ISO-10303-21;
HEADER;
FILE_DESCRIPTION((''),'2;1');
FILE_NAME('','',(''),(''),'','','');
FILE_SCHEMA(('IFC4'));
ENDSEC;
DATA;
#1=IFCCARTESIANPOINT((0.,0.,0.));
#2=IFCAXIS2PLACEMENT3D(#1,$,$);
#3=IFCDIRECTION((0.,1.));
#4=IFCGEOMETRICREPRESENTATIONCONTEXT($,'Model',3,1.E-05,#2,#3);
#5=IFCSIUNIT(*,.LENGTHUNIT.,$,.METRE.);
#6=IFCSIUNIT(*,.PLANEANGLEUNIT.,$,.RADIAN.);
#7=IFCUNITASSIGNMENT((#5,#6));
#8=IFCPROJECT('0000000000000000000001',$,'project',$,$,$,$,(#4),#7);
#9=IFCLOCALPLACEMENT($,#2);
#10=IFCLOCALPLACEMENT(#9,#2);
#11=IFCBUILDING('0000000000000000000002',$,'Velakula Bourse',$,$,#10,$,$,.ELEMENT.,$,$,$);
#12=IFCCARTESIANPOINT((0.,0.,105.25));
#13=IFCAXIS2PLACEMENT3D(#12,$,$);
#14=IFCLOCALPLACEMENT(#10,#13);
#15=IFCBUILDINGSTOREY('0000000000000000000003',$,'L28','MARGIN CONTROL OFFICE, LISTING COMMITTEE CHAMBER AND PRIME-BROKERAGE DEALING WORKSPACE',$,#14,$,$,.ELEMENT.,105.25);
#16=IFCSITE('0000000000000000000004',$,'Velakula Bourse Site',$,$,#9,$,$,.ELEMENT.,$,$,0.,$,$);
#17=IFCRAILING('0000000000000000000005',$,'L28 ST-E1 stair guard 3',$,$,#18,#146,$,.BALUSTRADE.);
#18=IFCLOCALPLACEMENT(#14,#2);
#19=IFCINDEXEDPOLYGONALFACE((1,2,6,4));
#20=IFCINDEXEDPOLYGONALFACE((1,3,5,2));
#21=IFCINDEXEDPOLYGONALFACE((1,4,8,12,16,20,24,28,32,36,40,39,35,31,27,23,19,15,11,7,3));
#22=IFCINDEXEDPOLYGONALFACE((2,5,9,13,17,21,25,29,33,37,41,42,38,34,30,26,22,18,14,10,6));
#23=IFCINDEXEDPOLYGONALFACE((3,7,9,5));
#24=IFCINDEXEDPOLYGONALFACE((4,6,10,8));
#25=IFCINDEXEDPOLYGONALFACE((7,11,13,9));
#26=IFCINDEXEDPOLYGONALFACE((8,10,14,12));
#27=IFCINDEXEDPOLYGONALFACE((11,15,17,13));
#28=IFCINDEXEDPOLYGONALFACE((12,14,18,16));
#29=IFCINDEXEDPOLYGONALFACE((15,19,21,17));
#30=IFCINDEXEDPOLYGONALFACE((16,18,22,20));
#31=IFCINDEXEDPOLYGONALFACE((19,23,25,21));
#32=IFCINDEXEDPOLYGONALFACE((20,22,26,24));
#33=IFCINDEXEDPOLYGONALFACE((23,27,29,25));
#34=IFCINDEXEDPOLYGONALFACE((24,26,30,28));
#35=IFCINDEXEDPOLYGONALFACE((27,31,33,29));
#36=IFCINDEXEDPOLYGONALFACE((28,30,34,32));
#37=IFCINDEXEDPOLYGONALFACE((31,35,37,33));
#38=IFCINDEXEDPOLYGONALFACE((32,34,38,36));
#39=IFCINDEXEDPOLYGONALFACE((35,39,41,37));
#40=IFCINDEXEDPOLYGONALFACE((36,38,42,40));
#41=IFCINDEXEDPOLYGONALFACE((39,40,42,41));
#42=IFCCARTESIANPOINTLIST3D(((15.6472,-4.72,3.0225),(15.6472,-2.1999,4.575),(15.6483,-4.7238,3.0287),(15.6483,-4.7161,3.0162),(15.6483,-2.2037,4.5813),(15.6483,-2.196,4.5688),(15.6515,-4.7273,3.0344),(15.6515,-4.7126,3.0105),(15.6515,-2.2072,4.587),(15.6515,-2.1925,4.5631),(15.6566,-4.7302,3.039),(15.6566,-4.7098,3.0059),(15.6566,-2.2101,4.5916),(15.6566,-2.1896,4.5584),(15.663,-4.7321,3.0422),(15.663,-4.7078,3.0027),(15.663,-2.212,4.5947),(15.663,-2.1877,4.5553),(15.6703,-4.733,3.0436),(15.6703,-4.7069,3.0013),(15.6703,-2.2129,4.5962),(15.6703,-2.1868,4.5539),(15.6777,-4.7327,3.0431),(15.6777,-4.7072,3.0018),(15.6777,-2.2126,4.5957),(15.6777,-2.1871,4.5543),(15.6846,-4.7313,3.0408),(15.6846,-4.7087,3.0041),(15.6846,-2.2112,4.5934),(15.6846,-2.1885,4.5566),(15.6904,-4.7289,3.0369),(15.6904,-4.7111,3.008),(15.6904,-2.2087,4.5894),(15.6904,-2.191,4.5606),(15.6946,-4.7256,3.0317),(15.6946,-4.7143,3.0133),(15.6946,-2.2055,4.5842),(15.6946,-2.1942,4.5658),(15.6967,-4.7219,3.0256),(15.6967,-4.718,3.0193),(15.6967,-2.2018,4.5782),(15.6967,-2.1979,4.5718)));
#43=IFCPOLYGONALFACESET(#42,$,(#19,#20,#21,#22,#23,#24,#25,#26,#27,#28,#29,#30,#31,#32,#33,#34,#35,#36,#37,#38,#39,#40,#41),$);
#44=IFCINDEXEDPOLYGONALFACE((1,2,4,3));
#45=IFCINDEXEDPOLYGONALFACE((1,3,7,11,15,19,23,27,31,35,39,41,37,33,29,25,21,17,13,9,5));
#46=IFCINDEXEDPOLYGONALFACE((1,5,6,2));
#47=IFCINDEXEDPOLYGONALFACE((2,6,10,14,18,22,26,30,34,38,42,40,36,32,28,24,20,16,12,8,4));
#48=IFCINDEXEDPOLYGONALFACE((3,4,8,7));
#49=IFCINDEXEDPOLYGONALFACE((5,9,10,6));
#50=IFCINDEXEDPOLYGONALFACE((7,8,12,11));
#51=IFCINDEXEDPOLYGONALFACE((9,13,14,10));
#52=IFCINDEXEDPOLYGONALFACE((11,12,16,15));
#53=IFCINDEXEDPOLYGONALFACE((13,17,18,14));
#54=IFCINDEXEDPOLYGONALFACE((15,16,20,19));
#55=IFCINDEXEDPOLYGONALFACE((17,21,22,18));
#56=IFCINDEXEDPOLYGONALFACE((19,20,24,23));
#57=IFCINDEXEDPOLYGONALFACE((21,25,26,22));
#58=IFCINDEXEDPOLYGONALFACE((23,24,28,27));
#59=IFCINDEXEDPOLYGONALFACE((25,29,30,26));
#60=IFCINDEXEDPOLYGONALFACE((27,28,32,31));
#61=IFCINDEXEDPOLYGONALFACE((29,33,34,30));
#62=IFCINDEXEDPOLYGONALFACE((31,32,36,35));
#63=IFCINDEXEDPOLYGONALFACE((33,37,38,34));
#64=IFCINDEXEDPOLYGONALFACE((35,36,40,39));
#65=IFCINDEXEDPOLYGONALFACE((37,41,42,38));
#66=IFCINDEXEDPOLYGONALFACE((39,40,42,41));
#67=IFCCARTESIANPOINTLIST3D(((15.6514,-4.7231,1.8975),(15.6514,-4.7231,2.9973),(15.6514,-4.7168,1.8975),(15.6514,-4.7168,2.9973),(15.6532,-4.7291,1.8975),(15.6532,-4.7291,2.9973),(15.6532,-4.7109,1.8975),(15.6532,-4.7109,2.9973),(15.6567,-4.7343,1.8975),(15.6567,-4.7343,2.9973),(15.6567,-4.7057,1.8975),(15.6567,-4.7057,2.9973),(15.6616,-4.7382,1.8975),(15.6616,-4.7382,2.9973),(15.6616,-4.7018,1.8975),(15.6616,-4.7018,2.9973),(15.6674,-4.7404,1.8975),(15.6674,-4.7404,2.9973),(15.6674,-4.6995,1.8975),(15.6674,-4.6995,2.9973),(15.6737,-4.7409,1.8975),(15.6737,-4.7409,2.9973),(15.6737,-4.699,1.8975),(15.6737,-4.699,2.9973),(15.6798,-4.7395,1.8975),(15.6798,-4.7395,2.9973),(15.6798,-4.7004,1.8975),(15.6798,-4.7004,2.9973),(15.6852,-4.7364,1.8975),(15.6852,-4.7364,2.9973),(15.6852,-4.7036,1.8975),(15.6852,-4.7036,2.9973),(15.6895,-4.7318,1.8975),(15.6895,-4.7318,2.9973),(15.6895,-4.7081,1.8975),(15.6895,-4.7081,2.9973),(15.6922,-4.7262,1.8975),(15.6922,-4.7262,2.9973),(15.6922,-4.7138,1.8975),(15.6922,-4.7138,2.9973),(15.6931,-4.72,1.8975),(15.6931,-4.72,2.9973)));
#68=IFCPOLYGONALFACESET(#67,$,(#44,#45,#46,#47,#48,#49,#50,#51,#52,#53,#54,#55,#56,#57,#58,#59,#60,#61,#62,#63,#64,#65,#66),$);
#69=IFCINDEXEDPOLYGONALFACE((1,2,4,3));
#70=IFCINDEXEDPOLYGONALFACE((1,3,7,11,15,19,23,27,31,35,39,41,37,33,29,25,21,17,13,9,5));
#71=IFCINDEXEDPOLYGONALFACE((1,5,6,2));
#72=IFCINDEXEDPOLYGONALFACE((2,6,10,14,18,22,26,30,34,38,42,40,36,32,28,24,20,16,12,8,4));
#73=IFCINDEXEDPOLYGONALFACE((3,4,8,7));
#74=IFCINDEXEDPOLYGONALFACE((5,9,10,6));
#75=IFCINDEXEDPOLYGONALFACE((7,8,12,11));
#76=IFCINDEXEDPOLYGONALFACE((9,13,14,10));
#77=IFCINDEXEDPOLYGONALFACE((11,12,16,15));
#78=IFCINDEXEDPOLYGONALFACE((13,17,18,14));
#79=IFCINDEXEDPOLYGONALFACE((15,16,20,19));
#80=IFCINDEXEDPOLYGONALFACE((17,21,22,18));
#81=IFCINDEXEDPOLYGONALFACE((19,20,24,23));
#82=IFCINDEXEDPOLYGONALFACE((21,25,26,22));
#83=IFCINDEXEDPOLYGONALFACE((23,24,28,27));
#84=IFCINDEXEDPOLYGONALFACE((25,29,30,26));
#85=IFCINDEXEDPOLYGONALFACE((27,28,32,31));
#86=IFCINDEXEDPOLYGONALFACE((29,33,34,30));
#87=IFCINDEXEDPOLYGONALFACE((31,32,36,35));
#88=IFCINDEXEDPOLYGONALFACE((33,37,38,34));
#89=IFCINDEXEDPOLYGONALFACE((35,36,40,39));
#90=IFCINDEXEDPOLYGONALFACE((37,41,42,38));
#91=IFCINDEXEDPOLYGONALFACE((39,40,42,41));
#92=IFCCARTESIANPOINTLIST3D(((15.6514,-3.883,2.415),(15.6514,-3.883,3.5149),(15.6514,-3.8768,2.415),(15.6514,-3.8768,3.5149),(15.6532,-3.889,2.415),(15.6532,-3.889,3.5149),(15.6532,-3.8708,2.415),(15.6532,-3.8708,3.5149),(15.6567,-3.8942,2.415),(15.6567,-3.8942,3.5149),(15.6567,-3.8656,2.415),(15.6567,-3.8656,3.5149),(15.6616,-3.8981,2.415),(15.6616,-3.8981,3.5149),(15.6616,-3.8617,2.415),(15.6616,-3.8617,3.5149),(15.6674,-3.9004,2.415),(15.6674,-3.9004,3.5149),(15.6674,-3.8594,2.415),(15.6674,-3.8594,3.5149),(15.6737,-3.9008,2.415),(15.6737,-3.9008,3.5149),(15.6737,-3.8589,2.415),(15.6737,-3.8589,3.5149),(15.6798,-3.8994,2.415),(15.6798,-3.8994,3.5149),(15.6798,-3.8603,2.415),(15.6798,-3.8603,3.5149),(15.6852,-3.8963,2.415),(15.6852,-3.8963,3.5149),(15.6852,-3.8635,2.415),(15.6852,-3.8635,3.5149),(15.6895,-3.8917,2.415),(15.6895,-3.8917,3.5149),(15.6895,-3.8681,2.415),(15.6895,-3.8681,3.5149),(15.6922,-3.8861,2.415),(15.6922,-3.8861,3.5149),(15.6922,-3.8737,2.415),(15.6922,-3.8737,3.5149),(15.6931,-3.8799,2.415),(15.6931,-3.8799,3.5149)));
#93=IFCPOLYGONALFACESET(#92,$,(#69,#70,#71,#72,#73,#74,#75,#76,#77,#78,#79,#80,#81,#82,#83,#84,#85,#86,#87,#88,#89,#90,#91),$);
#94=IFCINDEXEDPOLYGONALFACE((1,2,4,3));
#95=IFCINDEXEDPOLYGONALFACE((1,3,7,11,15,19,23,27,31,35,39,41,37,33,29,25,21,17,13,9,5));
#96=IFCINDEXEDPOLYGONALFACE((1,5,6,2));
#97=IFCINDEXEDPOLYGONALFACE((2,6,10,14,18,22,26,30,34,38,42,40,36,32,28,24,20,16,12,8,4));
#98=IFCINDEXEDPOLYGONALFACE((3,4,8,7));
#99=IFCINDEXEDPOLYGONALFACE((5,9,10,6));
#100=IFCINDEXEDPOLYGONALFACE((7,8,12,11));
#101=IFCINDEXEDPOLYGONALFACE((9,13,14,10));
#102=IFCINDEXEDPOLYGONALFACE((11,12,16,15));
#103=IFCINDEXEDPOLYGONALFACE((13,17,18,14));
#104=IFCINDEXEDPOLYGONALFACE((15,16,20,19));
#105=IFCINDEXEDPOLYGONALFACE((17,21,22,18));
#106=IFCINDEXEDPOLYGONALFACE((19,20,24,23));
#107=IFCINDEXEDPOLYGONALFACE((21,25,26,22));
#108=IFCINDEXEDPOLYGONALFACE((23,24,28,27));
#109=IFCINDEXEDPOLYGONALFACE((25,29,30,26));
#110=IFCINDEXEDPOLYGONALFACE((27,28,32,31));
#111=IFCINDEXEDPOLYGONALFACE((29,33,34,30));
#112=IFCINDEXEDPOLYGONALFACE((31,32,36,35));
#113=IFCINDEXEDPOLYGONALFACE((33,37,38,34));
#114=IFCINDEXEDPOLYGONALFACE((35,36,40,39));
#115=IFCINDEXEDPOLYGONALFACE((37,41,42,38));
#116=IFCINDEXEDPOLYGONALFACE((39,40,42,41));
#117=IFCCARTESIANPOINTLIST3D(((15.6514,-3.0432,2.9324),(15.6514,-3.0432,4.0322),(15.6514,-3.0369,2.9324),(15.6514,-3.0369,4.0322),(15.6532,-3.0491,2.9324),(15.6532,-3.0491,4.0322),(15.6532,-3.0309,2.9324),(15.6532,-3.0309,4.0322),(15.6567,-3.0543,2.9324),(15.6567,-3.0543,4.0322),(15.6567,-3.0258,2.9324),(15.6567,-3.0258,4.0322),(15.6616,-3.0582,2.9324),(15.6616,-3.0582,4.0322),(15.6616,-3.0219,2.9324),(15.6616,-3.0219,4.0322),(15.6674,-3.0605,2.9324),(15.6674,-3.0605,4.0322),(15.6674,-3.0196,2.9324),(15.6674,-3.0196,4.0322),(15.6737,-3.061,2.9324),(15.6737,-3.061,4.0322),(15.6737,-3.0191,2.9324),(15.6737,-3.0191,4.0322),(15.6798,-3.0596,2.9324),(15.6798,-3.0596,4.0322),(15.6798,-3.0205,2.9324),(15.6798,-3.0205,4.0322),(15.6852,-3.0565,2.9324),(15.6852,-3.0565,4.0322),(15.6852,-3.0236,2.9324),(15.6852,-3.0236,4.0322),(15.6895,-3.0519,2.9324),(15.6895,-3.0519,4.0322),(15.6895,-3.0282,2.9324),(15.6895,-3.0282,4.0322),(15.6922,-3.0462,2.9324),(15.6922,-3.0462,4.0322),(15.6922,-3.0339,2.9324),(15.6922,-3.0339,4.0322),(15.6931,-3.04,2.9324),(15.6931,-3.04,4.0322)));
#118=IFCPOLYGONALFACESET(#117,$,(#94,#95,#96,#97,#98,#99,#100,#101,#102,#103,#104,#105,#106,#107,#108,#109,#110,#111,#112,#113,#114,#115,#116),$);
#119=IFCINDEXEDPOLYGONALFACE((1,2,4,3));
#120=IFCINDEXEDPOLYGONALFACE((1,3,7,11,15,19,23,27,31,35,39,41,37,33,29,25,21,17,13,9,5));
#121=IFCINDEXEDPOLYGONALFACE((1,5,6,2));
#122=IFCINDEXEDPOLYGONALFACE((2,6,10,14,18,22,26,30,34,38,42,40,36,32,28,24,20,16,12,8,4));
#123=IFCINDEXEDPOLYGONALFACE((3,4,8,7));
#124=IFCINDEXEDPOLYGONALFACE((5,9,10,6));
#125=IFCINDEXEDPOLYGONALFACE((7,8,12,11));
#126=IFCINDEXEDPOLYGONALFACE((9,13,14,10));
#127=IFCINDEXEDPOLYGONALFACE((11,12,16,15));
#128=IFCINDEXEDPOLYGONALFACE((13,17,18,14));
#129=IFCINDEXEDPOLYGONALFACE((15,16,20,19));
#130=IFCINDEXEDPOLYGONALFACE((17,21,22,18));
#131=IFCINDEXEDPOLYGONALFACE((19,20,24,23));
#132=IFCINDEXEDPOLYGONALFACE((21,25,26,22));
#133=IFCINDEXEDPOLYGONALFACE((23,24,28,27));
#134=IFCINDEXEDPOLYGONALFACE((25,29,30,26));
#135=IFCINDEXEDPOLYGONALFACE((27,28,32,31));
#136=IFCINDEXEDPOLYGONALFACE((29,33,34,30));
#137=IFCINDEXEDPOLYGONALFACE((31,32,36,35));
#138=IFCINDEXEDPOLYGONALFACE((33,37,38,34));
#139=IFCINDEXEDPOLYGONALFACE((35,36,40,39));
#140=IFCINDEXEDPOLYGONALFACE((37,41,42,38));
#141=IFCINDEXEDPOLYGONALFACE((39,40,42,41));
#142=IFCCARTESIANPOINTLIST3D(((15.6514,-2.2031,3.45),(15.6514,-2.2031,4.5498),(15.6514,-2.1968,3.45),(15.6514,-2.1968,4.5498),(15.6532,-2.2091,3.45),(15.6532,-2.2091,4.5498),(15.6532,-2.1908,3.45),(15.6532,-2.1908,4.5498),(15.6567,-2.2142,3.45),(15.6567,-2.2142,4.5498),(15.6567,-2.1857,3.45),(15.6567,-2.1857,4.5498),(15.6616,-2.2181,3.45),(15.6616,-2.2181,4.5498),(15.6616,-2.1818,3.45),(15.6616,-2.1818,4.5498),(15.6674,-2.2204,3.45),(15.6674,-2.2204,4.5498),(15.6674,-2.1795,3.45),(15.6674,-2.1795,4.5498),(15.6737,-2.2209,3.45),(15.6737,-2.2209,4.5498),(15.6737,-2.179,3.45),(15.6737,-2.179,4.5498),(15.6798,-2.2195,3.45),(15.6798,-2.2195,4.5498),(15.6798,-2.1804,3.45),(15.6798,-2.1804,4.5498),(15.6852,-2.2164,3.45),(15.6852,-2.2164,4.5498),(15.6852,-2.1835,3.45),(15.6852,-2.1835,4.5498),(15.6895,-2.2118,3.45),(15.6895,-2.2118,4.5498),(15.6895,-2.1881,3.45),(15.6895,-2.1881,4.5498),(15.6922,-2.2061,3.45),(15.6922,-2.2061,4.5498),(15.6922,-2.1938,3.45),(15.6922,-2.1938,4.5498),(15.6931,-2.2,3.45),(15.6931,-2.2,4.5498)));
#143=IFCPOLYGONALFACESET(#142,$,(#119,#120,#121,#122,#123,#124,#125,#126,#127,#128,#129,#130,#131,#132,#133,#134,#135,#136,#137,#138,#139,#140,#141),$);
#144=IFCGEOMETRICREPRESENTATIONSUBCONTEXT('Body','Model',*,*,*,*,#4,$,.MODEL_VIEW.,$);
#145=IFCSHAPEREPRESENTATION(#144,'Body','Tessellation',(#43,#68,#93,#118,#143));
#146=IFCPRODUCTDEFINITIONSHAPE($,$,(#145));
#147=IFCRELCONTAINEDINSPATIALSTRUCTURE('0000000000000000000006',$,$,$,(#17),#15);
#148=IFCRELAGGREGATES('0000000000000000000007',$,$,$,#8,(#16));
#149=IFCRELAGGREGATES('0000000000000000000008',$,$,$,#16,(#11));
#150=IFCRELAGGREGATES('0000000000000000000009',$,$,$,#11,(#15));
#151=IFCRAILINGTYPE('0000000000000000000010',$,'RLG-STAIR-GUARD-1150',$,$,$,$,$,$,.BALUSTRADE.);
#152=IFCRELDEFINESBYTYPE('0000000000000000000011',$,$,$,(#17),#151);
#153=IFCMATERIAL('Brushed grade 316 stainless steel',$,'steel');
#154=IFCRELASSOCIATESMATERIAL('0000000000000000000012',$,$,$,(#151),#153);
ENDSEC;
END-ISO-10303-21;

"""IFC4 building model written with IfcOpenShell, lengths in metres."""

from ifc_helpers import new_model, si_unit, direction, frame, origin, origin_2d, place, context, subcontext, project, spatial, circle, extrude, material, type_object, element, save


model = new_model("IFC4")

# Units and contexts
model_context = context("Model", 3, precision=1e-05, world=origin(), true_north=direction((0.0, 1.0)))
body_context = subcontext(model_context, "Body", "Model", "MODEL_VIEW")
ifc_project = project(units=[si_unit("LENGTHUNIT", "METRE"), si_unit("PLANEANGLEUNIT", "RADIAN")], contexts=[model_context])

# Site, building, storey
site_placement = place(None, origin())
site = spatial("IfcSite", under=ifc_project, at=site_placement, Name="Velakula Bourse Site", CompositionType="ELEMENT", RefElevation=0.0)
building_placement = place(site_placement, origin())
building = spatial("IfcBuilding", under=site, at=building_placement, Name="Velakula Bourse", CompositionType="ELEMENT")
storey_placement = place(building_placement, frame((0.0, 0.0, 105.25)))
storey = spatial("IfcBuildingStorey", under=building, at=storey_placement, Name="L28", Description="MARGIN CONTROL OFFICE, LISTING COMMITTEE CHAMBER AND PRIME-BROKERAGE DEALING WORKSPACE", CompositionType="ELEMENT", Elevation=105.25)

# Shared definitions
ifc_material_1 = material(Name="Brushed grade 316 stainless steel", Category="steel")

# Railing
railing_type_1 = type_object("IfcRailingType", Name="RLG-STAIR-GUARD-1150", PredefinedType="BALUSTRADE", material=ifc_material_1)
railing_1_placement = place(storey_placement, frame((15.6721, -4.72, 1.8975)))
element("IfcRailing", 1, at=railing_1_placement, inside=storey, type_object=railing_type_1, Name="L28 ST-E1 stair guard 3", PredefinedType="BALUSTRADE", context=body_context, shape_type="SweptSolid", body=[
    extrude(circle(Radius=0.0249, at=origin_2d()), frame((0.0, 0.0, 1.125), z_axis=(0.0, 0.8514, 0.524516), x_axis=(-1.0, 0.0, 0.0)), (0.0, 0.0, 1.0), 2.96),
    extrude(circle(Radius=0.021, at=origin_2d()), origin(), (0.0, 0.0, 1.0), 1.0999),
    extrude(circle(Radius=0.021, at=origin_2d()), frame((0.0, 0.8401, 0.5176)), (0.0, 0.0, 1.0), 1.0999),
    extrude(circle(Radius=0.021, at=origin_2d()), frame((0.0, 1.6799, 1.0349)), (0.0, 0.0, 1.0), 1.0999),
    extrude(circle(Radius=0.021, at=origin_2d()), frame((0.0, 2.52, 1.5525)), (0.0, 0.0, 1.0), 1.0999),
])

save(model, "model.ifc")
